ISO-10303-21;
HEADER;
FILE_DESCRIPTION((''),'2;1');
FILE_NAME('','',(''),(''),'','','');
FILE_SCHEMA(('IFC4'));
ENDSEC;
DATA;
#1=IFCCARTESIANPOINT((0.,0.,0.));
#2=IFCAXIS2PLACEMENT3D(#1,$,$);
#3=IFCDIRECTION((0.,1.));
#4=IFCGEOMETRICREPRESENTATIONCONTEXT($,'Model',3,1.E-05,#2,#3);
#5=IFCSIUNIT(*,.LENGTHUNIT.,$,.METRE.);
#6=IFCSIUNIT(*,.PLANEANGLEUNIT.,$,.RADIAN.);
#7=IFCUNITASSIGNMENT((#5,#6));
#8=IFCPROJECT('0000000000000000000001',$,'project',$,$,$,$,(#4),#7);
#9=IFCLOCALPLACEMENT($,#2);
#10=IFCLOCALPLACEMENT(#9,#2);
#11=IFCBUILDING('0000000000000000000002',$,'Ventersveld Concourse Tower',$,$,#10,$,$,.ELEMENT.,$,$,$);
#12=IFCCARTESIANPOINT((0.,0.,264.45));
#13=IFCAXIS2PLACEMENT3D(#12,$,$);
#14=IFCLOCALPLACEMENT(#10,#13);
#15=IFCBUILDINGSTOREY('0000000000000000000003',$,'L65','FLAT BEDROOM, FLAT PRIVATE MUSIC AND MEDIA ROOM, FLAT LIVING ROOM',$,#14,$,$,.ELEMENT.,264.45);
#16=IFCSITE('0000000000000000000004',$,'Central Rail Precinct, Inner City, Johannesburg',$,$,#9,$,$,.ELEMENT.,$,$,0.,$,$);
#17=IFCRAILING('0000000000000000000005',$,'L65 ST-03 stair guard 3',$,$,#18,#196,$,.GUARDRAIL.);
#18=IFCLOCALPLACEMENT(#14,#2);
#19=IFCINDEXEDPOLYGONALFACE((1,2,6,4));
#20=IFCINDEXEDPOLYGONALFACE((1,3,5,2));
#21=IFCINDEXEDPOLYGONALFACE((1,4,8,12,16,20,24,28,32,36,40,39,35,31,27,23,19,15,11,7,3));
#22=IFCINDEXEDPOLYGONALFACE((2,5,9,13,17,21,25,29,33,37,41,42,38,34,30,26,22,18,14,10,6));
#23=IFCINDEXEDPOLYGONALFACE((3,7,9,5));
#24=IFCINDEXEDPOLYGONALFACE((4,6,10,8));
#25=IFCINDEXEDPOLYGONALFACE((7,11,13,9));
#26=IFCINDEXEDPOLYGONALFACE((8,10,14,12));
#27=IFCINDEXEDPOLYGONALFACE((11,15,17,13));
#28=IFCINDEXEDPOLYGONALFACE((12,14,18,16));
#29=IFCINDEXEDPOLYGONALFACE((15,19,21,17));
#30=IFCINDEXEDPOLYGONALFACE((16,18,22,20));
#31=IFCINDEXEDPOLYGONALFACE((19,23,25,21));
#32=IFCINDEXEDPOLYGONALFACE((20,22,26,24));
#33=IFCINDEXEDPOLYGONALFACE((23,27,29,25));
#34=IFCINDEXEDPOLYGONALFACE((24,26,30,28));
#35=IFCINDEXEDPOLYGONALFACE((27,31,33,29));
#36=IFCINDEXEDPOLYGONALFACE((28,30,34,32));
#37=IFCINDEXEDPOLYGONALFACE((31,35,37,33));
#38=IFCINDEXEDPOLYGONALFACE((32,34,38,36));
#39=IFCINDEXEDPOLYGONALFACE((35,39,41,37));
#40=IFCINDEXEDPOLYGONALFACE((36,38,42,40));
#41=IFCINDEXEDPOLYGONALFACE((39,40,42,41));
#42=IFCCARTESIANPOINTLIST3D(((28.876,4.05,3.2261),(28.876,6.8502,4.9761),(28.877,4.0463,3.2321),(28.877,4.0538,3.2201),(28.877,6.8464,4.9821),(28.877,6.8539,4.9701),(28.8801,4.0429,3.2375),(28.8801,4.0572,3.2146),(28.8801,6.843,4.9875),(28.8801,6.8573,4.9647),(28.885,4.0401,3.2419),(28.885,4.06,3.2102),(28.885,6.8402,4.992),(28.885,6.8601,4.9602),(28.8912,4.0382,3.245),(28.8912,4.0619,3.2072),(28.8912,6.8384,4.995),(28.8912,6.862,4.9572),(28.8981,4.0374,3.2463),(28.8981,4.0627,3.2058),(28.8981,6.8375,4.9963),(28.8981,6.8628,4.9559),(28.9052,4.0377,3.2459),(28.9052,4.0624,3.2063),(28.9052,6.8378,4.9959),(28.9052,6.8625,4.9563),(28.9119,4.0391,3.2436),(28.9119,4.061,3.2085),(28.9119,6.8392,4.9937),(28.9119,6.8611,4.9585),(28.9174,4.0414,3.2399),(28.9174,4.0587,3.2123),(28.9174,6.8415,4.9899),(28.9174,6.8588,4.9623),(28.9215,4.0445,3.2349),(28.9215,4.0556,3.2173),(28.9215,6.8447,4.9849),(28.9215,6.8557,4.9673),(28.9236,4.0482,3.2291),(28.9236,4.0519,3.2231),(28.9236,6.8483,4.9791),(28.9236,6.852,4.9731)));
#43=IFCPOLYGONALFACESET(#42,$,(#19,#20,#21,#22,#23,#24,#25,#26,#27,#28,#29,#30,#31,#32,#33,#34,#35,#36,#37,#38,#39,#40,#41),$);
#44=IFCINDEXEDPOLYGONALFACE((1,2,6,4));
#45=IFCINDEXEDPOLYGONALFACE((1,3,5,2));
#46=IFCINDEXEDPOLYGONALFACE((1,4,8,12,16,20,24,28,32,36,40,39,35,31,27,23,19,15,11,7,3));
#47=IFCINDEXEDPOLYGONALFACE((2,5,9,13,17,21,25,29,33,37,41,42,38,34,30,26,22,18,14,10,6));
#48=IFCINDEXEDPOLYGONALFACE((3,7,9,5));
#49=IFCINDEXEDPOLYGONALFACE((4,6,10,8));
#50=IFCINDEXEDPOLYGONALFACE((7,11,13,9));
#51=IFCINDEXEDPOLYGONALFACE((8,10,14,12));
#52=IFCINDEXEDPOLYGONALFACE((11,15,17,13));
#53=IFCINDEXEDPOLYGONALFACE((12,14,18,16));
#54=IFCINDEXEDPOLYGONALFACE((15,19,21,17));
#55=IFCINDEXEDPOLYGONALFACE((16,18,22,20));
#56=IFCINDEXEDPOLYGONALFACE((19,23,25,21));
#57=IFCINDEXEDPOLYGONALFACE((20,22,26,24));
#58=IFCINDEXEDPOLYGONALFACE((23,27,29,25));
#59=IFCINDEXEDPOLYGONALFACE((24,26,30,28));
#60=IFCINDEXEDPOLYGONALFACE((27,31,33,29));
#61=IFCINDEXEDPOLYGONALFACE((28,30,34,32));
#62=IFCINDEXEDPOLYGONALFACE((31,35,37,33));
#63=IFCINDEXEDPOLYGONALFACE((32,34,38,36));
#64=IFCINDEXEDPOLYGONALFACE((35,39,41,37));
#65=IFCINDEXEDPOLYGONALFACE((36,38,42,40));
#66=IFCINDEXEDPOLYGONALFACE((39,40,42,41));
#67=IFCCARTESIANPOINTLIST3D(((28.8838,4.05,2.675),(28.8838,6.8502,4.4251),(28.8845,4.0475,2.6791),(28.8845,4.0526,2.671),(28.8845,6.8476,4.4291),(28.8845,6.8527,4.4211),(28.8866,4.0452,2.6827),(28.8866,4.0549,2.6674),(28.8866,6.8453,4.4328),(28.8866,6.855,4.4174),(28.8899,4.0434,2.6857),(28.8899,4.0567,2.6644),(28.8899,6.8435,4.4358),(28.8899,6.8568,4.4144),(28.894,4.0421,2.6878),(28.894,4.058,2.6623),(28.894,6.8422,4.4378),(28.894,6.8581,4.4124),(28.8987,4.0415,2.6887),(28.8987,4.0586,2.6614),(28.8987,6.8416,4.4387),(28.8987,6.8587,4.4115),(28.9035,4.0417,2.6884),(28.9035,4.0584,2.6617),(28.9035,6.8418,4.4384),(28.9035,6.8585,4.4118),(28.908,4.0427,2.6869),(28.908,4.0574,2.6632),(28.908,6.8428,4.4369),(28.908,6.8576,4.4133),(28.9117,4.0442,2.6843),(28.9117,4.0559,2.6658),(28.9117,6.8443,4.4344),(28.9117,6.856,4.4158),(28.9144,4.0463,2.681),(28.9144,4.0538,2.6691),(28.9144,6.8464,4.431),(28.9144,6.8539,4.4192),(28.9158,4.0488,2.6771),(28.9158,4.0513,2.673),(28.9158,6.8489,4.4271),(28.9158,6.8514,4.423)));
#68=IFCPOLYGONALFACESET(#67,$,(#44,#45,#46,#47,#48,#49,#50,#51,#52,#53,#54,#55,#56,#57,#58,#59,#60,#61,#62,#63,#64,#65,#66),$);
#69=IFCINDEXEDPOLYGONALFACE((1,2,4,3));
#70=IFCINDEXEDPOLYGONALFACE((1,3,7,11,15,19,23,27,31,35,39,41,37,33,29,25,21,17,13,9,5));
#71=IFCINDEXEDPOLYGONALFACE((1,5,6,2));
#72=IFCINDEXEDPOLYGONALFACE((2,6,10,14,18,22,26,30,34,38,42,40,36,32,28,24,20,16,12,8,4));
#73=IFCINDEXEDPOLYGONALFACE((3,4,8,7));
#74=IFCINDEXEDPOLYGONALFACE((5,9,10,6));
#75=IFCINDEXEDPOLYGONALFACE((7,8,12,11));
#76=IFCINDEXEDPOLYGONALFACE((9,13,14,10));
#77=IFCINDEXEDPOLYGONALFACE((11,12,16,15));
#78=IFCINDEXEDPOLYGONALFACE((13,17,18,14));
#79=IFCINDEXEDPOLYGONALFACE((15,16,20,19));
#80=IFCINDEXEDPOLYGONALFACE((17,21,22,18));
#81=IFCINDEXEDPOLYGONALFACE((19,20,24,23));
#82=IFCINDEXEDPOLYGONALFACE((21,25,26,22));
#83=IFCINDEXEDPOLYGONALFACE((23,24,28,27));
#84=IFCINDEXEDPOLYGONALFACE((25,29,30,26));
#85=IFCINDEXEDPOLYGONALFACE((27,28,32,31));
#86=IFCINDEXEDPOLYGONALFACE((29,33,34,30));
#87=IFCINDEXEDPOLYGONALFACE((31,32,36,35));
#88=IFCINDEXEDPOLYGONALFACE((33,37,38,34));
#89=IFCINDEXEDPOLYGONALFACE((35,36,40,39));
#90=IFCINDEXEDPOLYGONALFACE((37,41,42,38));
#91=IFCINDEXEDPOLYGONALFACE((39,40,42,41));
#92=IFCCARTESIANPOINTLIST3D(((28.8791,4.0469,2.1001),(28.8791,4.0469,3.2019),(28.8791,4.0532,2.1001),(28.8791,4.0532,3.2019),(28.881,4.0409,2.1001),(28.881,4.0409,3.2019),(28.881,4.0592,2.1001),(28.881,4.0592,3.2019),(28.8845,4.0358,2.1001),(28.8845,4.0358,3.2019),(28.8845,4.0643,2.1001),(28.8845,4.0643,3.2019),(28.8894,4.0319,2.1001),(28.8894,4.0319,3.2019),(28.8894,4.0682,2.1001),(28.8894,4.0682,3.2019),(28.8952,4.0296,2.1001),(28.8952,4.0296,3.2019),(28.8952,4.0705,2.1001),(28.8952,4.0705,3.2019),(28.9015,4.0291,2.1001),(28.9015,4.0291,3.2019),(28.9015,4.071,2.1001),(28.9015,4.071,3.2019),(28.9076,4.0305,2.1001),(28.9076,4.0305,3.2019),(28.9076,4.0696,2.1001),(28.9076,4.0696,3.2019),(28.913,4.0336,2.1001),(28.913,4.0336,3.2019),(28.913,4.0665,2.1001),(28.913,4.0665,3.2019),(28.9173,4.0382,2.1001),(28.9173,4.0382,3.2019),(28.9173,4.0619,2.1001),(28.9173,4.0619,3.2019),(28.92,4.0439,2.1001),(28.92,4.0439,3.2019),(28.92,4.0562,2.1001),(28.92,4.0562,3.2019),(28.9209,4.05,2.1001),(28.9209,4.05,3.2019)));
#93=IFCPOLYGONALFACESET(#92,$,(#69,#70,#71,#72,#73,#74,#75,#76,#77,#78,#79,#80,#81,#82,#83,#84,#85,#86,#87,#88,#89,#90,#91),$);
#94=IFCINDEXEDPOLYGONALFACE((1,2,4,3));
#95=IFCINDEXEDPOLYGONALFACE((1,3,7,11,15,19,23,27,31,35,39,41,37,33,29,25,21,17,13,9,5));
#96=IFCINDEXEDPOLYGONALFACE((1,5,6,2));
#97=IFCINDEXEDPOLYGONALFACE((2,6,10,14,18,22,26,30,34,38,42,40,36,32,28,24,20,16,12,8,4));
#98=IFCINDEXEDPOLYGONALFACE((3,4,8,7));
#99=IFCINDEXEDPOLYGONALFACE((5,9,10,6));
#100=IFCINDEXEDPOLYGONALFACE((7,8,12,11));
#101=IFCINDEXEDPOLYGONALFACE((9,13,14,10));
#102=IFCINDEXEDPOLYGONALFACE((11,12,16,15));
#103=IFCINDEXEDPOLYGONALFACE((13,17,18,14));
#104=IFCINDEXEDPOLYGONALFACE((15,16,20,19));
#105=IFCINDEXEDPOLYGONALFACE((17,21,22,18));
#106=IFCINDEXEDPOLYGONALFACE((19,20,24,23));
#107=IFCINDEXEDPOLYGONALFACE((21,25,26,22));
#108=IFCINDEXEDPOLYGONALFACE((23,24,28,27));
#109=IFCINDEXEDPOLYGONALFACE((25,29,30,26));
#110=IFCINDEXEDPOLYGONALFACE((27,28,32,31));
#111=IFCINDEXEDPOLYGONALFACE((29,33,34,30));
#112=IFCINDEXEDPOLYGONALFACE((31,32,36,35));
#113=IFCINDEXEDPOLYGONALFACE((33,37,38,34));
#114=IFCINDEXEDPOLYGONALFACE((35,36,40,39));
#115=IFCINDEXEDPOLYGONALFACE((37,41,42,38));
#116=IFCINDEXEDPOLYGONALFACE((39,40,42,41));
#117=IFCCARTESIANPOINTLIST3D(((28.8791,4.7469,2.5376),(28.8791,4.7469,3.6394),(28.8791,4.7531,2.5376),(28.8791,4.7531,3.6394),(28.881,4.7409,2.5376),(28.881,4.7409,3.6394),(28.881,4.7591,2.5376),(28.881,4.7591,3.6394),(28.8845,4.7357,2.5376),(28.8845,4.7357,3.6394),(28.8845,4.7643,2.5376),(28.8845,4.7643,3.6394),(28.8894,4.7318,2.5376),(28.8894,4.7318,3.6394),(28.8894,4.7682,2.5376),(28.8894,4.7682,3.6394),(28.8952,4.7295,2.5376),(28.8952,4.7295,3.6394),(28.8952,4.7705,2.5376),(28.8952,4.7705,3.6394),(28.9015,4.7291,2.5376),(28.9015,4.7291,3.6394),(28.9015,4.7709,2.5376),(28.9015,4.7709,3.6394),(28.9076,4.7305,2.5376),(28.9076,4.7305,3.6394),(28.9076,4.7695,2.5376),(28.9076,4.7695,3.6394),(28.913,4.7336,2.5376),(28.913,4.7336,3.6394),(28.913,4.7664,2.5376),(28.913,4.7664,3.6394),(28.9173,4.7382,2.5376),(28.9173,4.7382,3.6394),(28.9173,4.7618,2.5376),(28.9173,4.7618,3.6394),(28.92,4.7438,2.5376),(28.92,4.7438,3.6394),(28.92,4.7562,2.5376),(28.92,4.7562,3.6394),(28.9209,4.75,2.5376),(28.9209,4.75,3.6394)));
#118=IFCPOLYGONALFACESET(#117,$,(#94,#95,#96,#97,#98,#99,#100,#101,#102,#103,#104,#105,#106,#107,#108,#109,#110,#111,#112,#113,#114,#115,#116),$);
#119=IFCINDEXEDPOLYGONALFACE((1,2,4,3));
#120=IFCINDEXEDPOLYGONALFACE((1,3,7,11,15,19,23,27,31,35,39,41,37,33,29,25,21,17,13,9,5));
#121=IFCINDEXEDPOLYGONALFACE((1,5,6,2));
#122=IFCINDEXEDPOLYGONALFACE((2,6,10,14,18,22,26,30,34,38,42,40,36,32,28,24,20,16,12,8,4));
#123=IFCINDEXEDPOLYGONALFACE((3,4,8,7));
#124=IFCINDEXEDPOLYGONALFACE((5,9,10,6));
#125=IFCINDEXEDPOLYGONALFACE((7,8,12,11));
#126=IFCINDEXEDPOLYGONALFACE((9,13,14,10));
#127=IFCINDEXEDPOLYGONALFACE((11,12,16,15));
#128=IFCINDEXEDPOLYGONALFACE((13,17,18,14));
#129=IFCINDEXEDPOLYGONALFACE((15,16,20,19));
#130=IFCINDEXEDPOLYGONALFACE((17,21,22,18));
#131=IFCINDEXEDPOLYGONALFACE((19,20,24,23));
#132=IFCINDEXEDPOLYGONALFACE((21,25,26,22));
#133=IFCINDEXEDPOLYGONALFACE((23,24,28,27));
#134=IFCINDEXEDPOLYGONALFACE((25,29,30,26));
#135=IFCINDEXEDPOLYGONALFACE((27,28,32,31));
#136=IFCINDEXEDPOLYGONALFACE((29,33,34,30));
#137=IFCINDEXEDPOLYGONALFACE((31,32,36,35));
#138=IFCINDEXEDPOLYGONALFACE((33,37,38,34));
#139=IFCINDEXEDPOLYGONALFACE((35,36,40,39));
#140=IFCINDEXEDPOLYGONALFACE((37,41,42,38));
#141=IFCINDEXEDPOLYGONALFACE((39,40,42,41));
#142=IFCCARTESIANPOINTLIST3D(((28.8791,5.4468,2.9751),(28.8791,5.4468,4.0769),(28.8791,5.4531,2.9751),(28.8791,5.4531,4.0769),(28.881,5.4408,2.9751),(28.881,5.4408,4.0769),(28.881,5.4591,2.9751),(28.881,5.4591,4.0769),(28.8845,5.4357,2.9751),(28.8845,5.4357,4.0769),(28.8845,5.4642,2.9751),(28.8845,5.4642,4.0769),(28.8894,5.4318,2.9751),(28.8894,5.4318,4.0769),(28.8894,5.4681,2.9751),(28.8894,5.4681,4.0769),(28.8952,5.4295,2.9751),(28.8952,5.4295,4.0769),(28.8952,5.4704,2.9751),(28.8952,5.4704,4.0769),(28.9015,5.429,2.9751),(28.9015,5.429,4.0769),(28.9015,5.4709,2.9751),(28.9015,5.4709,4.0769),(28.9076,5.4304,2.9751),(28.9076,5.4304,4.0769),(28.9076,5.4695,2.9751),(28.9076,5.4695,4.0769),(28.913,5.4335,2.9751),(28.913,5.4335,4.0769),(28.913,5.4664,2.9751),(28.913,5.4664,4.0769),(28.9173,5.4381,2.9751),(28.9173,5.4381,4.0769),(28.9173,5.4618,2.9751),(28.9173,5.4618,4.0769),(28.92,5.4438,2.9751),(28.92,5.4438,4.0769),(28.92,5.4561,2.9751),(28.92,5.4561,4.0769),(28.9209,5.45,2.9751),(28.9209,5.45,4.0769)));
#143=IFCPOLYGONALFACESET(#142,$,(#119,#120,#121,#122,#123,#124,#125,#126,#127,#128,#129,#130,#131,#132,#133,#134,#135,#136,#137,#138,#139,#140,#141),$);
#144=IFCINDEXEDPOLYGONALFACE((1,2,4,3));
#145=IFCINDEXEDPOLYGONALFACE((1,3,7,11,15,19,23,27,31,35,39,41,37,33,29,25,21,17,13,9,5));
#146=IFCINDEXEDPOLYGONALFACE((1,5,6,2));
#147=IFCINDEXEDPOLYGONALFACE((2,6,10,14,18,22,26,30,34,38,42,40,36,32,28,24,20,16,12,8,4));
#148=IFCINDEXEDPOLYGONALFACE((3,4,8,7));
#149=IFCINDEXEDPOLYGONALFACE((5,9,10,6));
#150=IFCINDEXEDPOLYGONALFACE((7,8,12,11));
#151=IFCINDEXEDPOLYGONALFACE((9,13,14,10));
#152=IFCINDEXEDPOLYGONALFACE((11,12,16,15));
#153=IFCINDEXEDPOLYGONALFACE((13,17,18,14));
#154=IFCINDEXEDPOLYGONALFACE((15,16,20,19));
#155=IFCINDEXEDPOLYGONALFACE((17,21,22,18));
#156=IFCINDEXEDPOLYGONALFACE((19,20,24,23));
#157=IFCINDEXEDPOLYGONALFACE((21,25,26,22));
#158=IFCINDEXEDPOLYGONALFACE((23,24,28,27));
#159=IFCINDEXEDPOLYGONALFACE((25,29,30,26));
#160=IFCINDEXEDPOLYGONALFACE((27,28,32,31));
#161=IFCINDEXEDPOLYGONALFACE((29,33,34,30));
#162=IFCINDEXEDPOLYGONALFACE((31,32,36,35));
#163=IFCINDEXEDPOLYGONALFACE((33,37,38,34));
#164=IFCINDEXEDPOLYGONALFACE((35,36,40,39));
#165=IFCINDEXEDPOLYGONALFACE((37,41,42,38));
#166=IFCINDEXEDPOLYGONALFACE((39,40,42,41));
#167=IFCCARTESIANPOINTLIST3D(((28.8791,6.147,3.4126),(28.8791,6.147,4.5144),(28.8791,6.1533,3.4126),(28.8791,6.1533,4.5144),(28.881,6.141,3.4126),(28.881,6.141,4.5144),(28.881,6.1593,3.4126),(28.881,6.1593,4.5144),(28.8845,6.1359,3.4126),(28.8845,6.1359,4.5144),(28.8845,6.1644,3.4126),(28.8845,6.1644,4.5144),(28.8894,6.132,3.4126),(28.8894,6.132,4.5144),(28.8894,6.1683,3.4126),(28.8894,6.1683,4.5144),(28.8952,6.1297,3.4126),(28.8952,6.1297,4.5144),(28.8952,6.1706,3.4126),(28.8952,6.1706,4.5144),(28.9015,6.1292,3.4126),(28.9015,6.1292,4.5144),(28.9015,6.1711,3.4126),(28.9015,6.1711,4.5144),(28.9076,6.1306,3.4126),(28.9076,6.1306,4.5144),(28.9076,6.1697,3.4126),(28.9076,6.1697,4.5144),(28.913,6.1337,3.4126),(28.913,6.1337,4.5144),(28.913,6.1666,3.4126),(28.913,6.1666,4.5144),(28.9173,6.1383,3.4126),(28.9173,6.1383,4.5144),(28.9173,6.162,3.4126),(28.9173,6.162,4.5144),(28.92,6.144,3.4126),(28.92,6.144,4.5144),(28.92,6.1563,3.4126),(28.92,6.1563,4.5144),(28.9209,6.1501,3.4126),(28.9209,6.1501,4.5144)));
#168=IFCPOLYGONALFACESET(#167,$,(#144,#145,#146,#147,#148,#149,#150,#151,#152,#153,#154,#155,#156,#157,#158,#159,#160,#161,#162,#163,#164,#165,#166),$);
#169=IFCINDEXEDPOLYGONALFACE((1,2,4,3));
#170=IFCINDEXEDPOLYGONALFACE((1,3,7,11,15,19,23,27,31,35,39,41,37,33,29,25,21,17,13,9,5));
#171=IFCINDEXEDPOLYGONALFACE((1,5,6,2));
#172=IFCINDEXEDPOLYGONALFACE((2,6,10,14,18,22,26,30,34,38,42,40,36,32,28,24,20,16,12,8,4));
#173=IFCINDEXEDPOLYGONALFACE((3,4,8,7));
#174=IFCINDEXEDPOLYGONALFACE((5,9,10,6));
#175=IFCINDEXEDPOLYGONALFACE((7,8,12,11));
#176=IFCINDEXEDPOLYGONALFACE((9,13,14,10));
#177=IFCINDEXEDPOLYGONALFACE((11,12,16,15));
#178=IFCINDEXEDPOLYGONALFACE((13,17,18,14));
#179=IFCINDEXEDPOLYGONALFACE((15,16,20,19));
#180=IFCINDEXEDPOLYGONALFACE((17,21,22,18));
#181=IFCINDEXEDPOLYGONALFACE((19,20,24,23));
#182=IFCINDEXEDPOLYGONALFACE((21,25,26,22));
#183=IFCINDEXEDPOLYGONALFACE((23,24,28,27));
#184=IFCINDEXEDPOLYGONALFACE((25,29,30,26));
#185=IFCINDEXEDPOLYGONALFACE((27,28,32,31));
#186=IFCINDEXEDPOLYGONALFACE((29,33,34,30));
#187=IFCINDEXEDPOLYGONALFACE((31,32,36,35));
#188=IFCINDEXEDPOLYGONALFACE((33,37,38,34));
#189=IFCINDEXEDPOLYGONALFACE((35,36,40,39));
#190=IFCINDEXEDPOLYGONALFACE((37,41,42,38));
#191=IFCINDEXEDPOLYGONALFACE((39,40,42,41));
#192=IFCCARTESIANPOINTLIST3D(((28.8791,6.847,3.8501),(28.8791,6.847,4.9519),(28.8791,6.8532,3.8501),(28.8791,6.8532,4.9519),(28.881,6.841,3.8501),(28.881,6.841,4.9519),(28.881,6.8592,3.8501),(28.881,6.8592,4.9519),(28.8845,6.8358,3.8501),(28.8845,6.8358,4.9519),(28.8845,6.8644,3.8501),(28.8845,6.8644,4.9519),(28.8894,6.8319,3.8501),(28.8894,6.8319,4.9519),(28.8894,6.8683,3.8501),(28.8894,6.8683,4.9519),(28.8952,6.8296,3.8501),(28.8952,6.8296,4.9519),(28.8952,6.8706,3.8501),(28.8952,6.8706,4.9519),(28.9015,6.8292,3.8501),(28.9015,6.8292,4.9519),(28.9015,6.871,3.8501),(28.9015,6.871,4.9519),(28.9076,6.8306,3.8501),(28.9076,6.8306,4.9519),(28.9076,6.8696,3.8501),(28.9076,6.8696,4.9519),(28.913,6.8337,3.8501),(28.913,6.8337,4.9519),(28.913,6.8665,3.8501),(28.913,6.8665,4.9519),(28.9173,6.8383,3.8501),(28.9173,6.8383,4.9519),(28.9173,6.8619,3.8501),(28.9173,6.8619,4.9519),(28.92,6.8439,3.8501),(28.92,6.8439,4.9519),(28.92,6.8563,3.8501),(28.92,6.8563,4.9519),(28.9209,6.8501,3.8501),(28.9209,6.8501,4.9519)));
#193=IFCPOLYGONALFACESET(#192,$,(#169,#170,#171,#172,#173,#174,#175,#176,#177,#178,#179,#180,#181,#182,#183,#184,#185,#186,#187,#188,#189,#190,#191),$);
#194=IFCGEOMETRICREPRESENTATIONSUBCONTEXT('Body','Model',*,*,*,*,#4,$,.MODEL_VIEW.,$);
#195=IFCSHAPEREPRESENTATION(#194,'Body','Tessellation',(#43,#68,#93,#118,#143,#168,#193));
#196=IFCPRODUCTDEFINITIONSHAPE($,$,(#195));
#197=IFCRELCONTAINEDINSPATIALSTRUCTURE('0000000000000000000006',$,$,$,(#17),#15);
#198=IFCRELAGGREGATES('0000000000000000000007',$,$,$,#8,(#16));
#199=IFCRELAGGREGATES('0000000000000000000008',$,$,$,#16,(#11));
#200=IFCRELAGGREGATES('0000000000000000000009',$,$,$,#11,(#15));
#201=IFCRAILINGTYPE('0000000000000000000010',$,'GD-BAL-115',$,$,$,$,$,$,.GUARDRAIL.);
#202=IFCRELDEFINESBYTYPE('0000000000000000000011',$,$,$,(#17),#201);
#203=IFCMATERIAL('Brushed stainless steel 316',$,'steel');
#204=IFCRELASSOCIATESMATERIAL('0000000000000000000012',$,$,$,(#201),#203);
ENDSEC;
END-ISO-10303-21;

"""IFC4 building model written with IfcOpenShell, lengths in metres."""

from ifc_helpers import new_model, si_unit, direction, frame, origin, origin_2d, place, context, subcontext, project, spatial, circle, extrude, material, type_object, element, save


model = new_model("IFC4")

# Units and contexts
model_context = context("Model", 3, precision=1e-05, world=origin(), true_north=direction((0.0, 1.0)))
body_context = subcontext(model_context, "Body", "Model", "MODEL_VIEW")
ifc_project = project(units=[si_unit("LENGTHUNIT", "METRE"), si_unit("PLANEANGLEUNIT", "RADIAN")], contexts=[model_context])

# Site, building, storey
site_placement = place(None, origin())
site = spatial("IfcSite", under=ifc_project, at=site_placement, Name="Central Rail Precinct, Inner City, Johannesburg", CompositionType="ELEMENT", RefElevation=0.0)
building_placement = place(site_placement, origin())
building = spatial("IfcBuilding", under=site, at=building_placement, Name="Ventersveld Concourse Tower", CompositionType="ELEMENT")
storey_placement = place(building_placement, frame((0.0, 0.0, 264.45)))
storey = spatial("IfcBuildingStorey", under=building, at=storey_placement, Name="L65", Description="FLAT BEDROOM, FLAT PRIVATE MUSIC AND MEDIA ROOM, FLAT LIVING ROOM", CompositionType="ELEMENT", Elevation=264.45)

# Shared definitions
ifc_material_1 = material(Name="Brushed stainless steel 316", Category="steel")

# Railing
railing_type_1 = type_object("IfcRailingType", Name="GD-BAL-115", PredefinedType="GUARDRAIL", material=ifc_material_1)
railing_1_placement = place(storey_placement, frame((28.8999, 4.05, 2.1001)))
element("IfcRailing", 1, at=railing_1_placement, inside=storey, type_object=railing_type_1, Name="L65 ST-03 stair guard 3", PredefinedType="GUARDRAIL", context=body_context, shape_type="SweptSolid", body=[
    extrude(circle(Radius=0.0239, at=origin_2d()), frame((0.0, 0.0, 1.126), z_axis=(0.0, 0.848002, 0.529992), x_axis=(-1.0, 0.0, 0.0)), (0.0, 0.0, 1.0), 3.302),
    extrude(circle(Radius=0.0161, at=origin_2d()), frame((0.0, 0.0, 0.575), z_axis=(0.0, 0.848002, 0.529992), x_axis=(-1.0, 0.0, 0.0)), (0.0, 0.0, 1.0), 3.302),
    extrude(circle(Radius=0.021, at=origin_2d()), origin(), (0.0, 0.0, 1.0), 1.1018),
    extrude(circle(Radius=0.021, at=origin_2d()), frame((0.0, 0.7, 0.4375)), (0.0, 0.0, 1.0), 1.1018),
    extrude(circle(Radius=0.021, at=origin_2d()), frame((0.0, 1.3999, 0.875)), (0.0, 0.0, 1.0), 1.1018),
    extrude(circle(Radius=0.021, at=origin_2d()), frame((0.0, 2.1001, 1.3125)), (0.0, 0.0, 1.0), 1.1018),
    extrude(circle(Radius=0.021, at=origin_2d()), frame((0.0, 2.8, 1.75)), (0.0, 0.0, 1.0), 1.1018),
])

save(model, "model.ifc")
